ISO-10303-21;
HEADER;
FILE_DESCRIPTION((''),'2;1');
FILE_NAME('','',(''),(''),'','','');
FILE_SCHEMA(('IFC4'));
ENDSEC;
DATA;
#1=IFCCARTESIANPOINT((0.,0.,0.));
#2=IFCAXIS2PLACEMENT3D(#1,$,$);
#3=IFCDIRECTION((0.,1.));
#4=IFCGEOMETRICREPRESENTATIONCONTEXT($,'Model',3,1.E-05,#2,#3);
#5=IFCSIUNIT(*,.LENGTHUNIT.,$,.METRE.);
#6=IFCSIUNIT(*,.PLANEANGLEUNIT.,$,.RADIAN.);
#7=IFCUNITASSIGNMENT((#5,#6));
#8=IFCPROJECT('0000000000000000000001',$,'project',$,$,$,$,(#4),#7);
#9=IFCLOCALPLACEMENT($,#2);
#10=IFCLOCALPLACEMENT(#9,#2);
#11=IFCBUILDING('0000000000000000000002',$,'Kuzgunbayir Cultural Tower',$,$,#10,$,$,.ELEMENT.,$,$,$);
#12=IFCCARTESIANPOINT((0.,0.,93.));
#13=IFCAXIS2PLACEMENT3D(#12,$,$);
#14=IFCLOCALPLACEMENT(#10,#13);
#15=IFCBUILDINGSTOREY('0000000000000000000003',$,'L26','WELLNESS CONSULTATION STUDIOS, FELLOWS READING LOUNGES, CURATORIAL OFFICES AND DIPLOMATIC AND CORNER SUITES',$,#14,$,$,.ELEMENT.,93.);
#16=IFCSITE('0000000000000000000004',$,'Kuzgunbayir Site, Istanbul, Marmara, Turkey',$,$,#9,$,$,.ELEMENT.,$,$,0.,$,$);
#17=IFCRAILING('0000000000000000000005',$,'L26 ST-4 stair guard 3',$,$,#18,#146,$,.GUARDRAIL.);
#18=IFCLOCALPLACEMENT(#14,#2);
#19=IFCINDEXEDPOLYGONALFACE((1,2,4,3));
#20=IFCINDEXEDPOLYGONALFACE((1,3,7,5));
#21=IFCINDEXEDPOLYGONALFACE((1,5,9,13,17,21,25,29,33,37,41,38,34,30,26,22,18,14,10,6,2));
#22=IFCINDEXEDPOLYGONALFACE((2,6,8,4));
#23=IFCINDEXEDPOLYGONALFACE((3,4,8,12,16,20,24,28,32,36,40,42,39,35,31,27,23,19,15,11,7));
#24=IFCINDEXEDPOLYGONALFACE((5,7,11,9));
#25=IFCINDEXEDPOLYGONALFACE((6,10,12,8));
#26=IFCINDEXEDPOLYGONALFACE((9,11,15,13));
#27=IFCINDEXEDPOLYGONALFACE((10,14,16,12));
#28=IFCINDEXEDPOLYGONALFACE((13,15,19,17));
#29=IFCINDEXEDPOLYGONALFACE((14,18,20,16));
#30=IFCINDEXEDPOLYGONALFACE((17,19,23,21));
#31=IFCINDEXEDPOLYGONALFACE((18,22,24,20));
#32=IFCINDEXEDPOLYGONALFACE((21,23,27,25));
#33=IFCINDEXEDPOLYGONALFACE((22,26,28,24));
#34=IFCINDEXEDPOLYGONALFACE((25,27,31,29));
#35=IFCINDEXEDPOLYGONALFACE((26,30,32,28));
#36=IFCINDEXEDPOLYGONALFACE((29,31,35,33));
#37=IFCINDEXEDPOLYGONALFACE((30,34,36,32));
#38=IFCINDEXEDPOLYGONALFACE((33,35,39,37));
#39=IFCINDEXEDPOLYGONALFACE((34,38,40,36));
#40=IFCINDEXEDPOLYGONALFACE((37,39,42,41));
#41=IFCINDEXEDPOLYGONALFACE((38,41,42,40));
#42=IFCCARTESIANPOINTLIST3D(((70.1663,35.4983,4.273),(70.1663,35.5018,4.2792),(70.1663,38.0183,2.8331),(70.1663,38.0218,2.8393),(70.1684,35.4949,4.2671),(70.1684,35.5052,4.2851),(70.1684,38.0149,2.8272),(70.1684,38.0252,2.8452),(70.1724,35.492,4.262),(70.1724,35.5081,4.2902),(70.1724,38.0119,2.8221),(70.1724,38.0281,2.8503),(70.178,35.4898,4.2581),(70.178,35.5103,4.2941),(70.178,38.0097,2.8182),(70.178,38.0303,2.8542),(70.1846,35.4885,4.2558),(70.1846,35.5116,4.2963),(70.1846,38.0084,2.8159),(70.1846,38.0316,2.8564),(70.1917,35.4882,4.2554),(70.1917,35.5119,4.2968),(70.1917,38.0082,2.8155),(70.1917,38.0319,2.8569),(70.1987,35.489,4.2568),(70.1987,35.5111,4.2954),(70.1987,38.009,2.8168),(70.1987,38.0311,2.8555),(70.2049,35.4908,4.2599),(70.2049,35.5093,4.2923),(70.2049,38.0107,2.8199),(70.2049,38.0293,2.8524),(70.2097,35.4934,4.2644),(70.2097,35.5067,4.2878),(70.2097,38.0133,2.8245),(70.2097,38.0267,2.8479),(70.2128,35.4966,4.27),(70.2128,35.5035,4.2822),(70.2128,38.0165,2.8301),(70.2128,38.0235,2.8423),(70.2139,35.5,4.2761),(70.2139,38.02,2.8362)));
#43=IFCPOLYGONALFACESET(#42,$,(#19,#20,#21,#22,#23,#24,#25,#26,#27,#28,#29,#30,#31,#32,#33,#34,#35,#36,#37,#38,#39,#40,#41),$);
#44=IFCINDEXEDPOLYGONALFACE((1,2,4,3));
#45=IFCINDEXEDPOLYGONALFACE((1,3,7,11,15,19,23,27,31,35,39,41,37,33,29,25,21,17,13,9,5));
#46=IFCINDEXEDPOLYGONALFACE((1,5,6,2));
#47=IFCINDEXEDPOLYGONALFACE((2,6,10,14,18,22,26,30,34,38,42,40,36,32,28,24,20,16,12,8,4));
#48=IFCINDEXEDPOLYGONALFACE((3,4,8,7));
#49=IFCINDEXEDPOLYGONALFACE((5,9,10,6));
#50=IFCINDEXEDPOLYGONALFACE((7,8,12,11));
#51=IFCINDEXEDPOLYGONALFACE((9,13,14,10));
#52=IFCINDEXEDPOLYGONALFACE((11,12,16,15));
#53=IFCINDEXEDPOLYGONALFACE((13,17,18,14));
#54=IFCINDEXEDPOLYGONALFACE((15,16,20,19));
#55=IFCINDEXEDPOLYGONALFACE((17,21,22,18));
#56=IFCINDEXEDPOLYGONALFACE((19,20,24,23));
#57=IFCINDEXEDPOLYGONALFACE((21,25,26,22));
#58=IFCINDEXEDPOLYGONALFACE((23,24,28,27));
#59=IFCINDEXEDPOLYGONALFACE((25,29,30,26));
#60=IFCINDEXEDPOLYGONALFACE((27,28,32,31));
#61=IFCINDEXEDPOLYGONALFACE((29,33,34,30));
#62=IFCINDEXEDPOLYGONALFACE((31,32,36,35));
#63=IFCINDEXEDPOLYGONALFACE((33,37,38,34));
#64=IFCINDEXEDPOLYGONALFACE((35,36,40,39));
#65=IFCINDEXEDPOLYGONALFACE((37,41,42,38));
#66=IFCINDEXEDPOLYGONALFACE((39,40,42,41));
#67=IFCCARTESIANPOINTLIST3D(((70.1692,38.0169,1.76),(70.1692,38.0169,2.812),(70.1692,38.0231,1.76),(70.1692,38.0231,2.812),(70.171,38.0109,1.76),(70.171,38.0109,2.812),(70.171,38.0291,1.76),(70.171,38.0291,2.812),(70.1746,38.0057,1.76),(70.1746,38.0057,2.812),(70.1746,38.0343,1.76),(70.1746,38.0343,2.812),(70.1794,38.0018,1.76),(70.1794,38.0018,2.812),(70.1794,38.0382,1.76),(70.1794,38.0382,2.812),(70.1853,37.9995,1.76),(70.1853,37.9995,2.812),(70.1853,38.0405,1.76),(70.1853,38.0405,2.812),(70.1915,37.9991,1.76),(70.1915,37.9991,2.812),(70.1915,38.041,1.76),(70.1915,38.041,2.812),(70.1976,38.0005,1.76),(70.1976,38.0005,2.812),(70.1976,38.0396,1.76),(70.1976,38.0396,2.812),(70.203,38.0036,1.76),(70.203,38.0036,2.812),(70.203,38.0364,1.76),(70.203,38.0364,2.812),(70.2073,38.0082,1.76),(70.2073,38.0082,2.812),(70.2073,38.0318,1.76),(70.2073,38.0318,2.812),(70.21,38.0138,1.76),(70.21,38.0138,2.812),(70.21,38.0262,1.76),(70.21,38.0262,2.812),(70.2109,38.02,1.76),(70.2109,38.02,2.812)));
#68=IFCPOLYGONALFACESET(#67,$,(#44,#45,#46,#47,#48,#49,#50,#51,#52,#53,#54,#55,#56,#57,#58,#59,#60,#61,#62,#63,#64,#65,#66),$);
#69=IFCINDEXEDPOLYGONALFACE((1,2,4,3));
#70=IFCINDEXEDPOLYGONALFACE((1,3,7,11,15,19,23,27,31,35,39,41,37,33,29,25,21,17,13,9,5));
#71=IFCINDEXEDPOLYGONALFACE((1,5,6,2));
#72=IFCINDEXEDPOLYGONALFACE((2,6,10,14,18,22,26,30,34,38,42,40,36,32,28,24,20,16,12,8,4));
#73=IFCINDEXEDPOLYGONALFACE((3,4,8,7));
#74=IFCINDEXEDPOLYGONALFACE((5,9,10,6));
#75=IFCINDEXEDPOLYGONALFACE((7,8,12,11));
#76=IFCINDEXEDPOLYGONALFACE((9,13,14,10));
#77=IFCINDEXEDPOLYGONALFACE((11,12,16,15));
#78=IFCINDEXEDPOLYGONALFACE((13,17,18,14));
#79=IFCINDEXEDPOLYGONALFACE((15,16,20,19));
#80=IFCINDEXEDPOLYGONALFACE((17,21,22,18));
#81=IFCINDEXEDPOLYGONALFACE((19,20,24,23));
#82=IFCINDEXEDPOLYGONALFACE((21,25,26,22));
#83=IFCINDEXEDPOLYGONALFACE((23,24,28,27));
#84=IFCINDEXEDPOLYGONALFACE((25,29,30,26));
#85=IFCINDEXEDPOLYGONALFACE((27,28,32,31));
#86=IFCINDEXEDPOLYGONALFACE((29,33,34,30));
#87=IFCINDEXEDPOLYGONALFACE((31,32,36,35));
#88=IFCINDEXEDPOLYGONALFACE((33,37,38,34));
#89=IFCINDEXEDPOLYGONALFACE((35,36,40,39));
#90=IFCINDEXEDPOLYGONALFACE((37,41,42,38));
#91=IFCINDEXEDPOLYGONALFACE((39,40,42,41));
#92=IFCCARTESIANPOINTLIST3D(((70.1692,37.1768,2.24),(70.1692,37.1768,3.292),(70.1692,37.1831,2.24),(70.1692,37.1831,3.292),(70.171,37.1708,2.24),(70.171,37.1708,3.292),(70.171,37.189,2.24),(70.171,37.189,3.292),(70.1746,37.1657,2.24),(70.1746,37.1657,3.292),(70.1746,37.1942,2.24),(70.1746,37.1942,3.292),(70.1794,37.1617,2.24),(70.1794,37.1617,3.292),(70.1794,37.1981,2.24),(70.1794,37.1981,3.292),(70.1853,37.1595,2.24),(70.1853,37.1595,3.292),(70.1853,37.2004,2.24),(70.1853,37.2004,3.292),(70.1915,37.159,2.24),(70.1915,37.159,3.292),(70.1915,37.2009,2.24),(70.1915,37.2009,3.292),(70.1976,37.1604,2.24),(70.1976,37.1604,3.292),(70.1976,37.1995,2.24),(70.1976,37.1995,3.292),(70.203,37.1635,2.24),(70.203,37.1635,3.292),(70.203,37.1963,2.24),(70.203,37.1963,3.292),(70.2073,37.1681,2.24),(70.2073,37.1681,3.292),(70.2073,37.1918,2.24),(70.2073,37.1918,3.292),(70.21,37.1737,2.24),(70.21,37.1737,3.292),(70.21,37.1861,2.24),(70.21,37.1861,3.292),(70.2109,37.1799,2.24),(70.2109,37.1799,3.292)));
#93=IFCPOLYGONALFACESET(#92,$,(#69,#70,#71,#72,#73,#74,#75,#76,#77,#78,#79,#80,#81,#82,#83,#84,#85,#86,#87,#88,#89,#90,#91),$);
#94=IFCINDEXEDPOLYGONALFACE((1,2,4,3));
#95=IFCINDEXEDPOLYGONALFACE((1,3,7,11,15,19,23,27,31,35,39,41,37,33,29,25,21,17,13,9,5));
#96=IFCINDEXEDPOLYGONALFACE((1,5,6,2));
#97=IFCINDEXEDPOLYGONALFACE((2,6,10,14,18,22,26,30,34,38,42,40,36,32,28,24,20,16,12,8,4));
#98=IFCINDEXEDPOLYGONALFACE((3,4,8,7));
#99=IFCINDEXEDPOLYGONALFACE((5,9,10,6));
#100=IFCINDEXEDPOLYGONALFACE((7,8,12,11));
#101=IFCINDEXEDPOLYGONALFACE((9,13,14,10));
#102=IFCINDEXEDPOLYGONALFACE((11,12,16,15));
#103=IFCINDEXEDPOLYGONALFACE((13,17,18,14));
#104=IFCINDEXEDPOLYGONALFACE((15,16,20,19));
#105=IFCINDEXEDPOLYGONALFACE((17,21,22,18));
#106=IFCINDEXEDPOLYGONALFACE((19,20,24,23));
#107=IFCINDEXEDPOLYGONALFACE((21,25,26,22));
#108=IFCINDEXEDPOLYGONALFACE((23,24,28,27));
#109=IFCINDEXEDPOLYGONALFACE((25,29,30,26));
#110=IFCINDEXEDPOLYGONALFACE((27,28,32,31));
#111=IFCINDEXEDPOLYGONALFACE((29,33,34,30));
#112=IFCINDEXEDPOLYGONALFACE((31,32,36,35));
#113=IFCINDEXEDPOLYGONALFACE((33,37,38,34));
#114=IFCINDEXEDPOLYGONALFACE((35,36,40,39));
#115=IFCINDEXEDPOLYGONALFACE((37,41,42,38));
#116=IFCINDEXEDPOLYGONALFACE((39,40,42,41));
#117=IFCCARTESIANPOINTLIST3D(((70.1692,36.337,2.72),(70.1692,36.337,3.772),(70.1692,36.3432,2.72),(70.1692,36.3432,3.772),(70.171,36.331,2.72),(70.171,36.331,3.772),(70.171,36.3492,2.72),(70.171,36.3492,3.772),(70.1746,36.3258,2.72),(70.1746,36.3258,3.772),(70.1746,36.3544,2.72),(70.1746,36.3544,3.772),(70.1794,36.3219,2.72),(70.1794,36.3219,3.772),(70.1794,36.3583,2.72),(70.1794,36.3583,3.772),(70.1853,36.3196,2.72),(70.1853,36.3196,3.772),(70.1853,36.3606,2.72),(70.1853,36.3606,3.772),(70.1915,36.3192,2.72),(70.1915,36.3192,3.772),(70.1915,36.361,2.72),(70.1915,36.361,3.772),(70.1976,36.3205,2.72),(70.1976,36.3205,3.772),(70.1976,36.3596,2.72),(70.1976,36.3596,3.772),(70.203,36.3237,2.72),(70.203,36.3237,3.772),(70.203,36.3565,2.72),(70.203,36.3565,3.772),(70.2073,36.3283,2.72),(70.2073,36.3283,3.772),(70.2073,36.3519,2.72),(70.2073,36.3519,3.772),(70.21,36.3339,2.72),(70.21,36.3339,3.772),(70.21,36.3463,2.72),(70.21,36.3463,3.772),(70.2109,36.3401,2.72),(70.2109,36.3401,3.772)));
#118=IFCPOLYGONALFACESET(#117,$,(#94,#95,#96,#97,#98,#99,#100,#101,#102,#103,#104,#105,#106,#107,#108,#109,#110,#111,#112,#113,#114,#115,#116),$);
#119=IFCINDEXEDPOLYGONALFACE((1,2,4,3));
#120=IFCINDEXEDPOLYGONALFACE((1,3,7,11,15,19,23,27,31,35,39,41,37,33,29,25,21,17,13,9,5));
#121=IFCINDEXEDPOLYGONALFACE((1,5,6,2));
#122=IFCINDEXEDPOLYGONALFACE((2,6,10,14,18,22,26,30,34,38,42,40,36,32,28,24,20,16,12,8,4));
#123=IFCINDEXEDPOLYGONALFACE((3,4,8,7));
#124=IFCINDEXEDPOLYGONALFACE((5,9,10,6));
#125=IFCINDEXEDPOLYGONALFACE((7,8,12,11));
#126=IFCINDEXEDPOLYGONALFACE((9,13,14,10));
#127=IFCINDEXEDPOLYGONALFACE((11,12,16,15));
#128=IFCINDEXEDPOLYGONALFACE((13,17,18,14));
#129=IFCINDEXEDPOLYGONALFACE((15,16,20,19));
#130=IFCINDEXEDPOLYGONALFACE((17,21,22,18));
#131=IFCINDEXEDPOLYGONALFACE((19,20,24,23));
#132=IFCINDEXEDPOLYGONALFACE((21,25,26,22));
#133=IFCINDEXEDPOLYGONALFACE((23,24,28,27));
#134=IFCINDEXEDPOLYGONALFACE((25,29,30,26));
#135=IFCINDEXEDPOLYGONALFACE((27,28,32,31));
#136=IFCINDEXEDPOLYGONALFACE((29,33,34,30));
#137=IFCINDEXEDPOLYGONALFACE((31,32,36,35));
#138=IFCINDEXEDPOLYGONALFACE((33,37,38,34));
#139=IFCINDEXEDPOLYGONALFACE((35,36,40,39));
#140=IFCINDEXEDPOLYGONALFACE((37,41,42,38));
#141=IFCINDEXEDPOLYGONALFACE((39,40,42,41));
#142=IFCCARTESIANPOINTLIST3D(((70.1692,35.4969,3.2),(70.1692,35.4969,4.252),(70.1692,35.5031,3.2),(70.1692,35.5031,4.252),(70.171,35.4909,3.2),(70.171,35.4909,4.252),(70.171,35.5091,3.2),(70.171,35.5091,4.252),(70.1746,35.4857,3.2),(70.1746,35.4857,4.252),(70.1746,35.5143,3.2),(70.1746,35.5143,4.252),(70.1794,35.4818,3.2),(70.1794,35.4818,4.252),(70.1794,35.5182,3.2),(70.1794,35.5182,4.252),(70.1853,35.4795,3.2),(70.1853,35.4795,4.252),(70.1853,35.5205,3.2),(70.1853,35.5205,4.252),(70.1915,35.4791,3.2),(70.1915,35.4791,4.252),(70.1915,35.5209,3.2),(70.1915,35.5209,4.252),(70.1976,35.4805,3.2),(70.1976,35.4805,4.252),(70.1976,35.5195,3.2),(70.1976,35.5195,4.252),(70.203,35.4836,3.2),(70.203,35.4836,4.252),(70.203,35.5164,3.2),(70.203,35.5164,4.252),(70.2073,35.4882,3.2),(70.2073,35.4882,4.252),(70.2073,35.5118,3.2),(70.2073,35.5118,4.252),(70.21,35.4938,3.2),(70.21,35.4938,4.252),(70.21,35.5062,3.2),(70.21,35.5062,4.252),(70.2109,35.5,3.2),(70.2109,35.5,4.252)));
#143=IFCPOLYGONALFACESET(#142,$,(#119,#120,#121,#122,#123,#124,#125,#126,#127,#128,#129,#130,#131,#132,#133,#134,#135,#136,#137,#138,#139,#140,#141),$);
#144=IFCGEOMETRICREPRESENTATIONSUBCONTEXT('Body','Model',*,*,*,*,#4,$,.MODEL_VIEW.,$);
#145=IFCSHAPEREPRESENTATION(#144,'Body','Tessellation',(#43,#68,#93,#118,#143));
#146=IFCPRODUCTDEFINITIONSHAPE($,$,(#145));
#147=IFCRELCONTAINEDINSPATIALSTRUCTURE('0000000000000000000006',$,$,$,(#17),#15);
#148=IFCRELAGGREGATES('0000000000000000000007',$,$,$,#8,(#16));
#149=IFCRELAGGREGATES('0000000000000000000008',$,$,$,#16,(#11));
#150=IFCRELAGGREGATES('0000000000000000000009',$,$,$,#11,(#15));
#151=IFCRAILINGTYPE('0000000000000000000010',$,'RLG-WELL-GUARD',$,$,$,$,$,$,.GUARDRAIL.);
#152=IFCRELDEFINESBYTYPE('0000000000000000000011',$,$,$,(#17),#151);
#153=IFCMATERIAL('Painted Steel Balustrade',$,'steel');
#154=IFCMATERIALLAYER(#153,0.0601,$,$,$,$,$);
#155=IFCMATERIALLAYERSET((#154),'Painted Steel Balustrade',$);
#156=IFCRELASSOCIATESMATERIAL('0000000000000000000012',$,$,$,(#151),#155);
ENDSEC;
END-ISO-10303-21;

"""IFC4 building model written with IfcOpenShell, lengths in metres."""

from ifc_helpers import new_model, si_unit, direction, frame, origin, origin_2d, place, context, subcontext, project, spatial, circle, extrude, material, layer, layer_set, type_object, element, save


model = new_model("IFC4")

# Units and contexts
model_context = context("Model", 3, precision=1e-05, world=origin(), true_north=direction((0.0, 1.0)))
body_context = subcontext(model_context, "Body", "Model", "MODEL_VIEW")
ifc_project = project(units=[si_unit("LENGTHUNIT", "METRE"), si_unit("PLANEANGLEUNIT", "RADIAN")], contexts=[model_context])

# Site, building, storey
site_placement = place(None, origin())
site = spatial("IfcSite", under=ifc_project, at=site_placement, Name="Kuzgunbayir Site, Istanbul, Marmara, Turkey", CompositionType="ELEMENT", RefElevation=0.0)
building_placement = place(site_placement, origin())
building = spatial("IfcBuilding", under=site, at=building_placement, Name="Kuzgunbayir Cultural Tower", CompositionType="ELEMENT")
storey_placement = place(building_placement, frame((0.0, 0.0, 93.0)))
storey = spatial("IfcBuildingStorey", under=building, at=storey_placement, Name="L26", Description="WELLNESS CONSULTATION STUDIOS, FELLOWS READING LOUNGES, CURATORIAL OFFICES AND DIPLOMATIC AND CORNER SUITES", CompositionType="ELEMENT", Elevation=93.0)

# Railing
ifc_material_1 = material(Name="Painted Steel Balustrade", Category="steel")
ifc_layer_1 = layer(ifc_material_1, 0.0601)
ifc_layer_set_1 = layer_set([ifc_layer_1], Name="Painted Steel Balustrade")
railing_type_1 = type_object("IfcRailingType", Name="RLG-WELL-GUARD", PredefinedType="GUARDRAIL", material=ifc_layer_set_1)
railing_1_placement = place(storey_placement, frame((70.1899, 38.02, 1.76)))
element("IfcRailing", 1, at=railing_1_placement, inside=storey, type_object=railing_type_1, Name="L26 ST-4 stair guard 3", PredefinedType="GUARDRAIL", context=body_context, shape_type="SweptSolid", body=[
    extrude(circle(Radius=0.0239, at=origin_2d()), frame((0.0, 0.0, 1.0762), z_axis=(0.0, -0.868253, 0.496121), x_axis=(1.0, 0.0, 0.0)), (0.0, 0.0, 1.0), 2.9023),
    extrude(circle(Radius=0.021, at=origin_2d()), origin(), (0.0, 0.0, 1.0), 1.052),
    extrude(circle(Radius=0.021, at=origin_2d()), frame((0.0, -0.8401, 0.48)), (0.0, 0.0, 1.0), 1.052),
    extrude(circle(Radius=0.021, at=origin_2d()), frame((0.0, -1.6799, 0.96)), (0.0, 0.0, 1.0), 1.052),
    extrude(circle(Radius=0.021, at=origin_2d()), frame((0.0, -2.52, 1.4399)), (0.0, 0.0, 1.0), 1.052),
])

save(model, "model.ifc")
